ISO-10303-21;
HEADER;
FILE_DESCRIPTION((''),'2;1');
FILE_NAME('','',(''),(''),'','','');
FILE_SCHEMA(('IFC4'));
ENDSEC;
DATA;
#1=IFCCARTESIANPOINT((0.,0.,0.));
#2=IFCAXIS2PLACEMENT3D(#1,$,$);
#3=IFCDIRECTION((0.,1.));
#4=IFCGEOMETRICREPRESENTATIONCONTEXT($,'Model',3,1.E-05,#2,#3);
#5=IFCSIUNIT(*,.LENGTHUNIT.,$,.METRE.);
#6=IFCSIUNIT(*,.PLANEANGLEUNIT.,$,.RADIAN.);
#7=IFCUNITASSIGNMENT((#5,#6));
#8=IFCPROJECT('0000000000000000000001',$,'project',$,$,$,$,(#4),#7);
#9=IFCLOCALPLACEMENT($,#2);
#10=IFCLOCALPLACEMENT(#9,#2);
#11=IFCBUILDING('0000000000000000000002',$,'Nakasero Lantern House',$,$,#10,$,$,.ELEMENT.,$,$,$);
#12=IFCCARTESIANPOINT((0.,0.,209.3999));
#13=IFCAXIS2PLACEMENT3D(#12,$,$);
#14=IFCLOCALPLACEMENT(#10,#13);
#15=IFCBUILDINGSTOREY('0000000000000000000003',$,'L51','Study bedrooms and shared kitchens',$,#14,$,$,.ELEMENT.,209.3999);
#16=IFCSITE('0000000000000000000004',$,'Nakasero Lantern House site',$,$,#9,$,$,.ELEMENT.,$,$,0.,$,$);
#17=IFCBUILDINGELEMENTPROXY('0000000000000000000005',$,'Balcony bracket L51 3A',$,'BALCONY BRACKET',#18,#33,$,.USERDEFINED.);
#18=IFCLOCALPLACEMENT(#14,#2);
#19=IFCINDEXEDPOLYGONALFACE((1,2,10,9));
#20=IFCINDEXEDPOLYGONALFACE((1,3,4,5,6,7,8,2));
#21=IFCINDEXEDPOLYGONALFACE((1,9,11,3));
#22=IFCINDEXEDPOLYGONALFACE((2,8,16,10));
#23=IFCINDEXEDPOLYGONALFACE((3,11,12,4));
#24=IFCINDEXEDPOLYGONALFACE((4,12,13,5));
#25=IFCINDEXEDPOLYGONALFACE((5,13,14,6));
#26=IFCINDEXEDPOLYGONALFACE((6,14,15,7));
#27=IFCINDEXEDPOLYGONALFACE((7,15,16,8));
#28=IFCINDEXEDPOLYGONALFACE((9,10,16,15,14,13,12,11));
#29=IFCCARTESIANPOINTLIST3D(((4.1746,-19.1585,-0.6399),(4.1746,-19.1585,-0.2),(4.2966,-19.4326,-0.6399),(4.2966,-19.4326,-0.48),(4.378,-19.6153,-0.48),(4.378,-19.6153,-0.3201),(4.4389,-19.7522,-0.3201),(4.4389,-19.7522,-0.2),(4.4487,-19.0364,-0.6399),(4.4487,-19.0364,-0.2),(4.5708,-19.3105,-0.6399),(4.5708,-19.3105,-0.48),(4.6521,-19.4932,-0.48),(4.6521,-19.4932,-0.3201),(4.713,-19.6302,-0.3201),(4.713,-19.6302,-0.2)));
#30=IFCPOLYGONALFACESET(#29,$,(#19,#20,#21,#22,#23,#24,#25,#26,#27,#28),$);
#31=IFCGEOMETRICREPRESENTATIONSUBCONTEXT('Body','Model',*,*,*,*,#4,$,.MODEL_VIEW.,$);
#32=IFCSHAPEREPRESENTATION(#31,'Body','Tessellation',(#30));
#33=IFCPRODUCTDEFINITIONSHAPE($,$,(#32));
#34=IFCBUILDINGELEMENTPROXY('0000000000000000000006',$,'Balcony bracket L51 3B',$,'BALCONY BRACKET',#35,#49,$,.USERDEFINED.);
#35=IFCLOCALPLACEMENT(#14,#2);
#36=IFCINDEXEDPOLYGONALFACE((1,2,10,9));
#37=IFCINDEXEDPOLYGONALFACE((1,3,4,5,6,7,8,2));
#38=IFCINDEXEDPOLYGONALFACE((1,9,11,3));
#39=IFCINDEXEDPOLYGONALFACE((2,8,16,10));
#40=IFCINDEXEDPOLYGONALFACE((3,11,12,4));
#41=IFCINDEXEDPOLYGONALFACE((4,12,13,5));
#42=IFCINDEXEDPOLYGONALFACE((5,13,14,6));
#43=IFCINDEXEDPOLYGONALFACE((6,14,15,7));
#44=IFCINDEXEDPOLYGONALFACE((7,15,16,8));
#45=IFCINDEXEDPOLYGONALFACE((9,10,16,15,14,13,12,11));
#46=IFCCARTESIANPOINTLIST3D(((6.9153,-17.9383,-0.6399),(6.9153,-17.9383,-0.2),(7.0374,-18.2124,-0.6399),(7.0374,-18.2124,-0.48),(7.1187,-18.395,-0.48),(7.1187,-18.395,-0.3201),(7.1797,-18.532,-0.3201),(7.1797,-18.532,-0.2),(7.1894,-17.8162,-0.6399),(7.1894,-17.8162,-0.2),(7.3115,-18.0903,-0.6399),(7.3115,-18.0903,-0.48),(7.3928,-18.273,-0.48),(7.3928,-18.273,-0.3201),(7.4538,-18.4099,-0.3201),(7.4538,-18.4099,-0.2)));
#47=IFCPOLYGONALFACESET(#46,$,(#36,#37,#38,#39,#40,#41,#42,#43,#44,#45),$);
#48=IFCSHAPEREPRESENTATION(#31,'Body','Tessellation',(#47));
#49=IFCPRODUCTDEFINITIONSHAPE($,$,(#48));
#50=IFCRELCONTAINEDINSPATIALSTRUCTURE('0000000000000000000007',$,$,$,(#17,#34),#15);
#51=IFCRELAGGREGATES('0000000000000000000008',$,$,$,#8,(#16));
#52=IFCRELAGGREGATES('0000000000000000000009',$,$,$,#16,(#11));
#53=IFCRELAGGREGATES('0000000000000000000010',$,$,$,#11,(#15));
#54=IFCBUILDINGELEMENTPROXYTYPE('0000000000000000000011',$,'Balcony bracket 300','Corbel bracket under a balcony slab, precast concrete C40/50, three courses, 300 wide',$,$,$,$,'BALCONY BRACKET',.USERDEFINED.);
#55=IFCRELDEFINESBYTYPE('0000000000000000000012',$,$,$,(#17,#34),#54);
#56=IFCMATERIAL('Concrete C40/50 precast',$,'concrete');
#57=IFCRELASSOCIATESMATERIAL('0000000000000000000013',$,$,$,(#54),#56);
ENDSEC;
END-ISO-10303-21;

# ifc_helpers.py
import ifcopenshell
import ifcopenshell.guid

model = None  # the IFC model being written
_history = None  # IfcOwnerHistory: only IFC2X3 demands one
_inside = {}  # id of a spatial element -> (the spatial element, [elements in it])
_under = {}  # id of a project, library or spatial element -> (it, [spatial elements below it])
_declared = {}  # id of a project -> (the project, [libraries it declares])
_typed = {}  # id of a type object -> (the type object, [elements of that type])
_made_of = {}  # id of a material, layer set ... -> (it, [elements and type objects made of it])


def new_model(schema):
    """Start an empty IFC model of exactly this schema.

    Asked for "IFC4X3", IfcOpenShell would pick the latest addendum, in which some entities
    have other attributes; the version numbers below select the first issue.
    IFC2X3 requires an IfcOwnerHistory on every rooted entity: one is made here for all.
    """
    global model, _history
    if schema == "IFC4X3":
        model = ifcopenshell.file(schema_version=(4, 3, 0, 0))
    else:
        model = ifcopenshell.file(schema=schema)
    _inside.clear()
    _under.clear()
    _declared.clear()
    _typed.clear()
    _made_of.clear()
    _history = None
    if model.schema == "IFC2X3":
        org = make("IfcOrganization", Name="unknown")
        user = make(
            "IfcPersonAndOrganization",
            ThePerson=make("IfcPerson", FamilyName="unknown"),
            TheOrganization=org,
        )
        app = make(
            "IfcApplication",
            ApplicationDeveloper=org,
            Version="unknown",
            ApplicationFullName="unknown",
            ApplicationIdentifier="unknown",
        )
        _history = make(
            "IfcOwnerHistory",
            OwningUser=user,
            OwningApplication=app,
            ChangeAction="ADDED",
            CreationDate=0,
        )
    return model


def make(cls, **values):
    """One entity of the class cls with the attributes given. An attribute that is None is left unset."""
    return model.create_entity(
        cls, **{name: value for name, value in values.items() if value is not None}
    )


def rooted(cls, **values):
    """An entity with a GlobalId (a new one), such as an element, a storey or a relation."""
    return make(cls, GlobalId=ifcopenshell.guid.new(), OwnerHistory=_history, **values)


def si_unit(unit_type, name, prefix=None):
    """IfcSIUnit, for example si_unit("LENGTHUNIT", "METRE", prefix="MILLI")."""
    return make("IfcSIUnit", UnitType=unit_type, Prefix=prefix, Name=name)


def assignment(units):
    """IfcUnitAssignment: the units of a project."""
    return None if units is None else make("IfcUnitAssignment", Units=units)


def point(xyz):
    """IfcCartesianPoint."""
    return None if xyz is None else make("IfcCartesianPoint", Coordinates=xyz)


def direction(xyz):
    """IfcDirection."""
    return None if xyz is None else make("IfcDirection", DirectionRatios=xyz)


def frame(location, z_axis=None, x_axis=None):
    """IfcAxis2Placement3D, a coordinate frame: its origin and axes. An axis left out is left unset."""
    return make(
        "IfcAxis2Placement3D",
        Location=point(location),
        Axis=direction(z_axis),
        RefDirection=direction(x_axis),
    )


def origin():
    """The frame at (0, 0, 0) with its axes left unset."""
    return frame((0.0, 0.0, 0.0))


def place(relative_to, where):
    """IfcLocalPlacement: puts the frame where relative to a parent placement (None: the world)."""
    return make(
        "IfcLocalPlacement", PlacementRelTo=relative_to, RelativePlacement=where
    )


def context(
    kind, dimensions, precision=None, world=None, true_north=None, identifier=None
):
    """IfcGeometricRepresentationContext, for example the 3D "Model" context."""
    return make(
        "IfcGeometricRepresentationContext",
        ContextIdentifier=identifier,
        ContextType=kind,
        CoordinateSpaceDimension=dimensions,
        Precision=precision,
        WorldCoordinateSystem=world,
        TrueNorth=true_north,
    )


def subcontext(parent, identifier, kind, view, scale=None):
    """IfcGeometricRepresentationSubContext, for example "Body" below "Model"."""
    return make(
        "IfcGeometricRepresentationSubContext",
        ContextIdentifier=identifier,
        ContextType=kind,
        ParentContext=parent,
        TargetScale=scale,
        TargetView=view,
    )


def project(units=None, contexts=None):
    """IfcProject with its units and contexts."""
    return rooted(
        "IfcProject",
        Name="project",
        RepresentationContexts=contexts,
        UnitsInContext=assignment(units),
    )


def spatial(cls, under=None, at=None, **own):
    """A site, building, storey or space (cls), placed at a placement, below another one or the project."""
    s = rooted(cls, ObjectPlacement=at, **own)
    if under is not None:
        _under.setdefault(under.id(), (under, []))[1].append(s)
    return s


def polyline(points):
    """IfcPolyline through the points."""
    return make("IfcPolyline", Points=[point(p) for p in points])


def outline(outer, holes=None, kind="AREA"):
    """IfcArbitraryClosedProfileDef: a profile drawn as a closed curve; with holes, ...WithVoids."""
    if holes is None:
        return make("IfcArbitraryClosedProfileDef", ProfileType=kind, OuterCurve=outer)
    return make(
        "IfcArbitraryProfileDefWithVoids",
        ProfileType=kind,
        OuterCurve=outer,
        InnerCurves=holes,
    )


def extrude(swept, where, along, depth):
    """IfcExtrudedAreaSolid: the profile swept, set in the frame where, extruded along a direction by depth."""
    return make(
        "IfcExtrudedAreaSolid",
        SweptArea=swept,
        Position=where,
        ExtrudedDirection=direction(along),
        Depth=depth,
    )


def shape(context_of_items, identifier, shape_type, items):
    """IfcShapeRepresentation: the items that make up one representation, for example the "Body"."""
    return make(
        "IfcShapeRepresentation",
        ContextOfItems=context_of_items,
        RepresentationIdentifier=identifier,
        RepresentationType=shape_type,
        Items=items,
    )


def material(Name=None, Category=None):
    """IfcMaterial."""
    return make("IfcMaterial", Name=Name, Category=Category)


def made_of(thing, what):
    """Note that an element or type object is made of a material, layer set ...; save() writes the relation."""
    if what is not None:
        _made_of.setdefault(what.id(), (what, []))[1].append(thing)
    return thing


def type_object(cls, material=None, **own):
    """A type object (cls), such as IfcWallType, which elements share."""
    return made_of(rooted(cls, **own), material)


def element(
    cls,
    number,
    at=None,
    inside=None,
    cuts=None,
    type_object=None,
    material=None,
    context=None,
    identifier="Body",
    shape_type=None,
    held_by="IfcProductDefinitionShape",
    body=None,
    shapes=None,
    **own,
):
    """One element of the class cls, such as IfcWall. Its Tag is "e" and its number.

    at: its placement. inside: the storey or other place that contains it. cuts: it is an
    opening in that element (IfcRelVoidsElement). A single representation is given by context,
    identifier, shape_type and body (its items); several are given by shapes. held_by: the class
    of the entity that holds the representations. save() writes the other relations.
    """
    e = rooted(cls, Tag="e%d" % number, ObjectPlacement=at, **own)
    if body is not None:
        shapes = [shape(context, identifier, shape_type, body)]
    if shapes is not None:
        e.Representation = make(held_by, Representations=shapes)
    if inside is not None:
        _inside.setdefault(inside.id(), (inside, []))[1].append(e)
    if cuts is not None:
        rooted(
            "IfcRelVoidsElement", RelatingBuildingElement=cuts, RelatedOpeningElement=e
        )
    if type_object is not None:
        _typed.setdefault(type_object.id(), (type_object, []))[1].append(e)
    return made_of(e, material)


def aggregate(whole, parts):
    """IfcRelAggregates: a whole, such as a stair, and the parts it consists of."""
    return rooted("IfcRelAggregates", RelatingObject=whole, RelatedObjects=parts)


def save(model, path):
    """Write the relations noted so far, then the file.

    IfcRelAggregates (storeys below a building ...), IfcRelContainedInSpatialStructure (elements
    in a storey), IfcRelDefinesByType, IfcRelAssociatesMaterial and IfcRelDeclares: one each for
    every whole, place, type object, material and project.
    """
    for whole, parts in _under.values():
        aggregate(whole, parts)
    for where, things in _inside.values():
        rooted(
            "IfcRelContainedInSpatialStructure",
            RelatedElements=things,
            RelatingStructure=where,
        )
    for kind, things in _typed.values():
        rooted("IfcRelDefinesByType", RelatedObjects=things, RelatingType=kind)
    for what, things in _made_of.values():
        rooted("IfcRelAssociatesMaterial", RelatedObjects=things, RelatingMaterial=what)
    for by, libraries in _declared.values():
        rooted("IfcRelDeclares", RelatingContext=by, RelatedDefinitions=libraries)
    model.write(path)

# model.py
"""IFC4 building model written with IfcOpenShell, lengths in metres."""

from ifc_helpers import new_model, si_unit, direction, frame, origin, place, context, subcontext, project, spatial, polyline, outline, extrude, material, type_object, element, save


model = new_model("IFC4")

# Units and contexts
model_context = context("Model", 3, precision=1e-05, world=origin(), true_north=direction((0.0, 1.0)))
body_context = subcontext(model_context, "Body", "Model", "MODEL_VIEW")
ifc_project = project(units=[si_unit("LENGTHUNIT", "METRE"), si_unit("PLANEANGLEUNIT", "RADIAN")], contexts=[model_context])

# Site, building, storey
site_placement = place(None, origin())
site = spatial("IfcSite", under=ifc_project, at=site_placement, Name="Nakasero Lantern House site", CompositionType="ELEMENT", RefElevation=0.0)
building_placement = place(site_placement, origin())
building = spatial("IfcBuilding", under=site, at=building_placement, Name="Nakasero Lantern House", CompositionType="ELEMENT")
storey_placement = place(building_placement, frame((0.0, 0.0, 209.3999)))
storey = spatial("IfcBuildingStorey", under=building, at=storey_placement, Name="L51", Description="Study bedrooms and shared kitchens", CompositionType="ELEMENT", Elevation=209.3999)

# Building element proxies
ifc_material_1 = material(Name="Concrete C40/50 precast", Category="concrete")
building_element_proxy_type = type_object("IfcBuildingElementProxyType", Name="Balcony bracket 300", Description="Corbel bracket under a balcony slab, precast concrete C40/50, three courses, 300 wide", ElementType="BALCONY BRACKET", PredefinedType="USERDEFINED", material=ifc_material_1)
for number, where, z_axis, x_axis, name in (
    (1, (4.3118, -19.0974, -0.2), (0.0, 0.0, 1.0), (0.406737, -0.913545, 0.0), "Balcony bracket L51 3A"),
    (2, (7.0525, -17.8772, -0.2), (0.0, 0.0, 1.0), (0.406737, -0.913545, 0.0), "Balcony bracket L51 3B"),
):
    element("IfcBuildingElementProxy", number, at=place(storey_placement, frame(where, z_axis=z_axis, x_axis=x_axis)), inside=storey, type_object=building_element_proxy_type, Name=name, ObjectType="BALCONY BRACKET", PredefinedType="USERDEFINED", context=body_context, shape_type="SweptSolid", body=[
        extrude(outline(polyline([(0.0, 0.0), (0.6499, 0.0), (0.6499, -0.1201), (0.5, -0.1201), (0.5, -0.28), (0.3, -0.28), (0.3, -0.4399), (0.0, -0.4399), (0.0, 0.0)])), frame((0.0, 0.1499, 0.0), z_axis=(0.0, -1.0, 0.0), x_axis=(1.0, 0.0, 0.0)), (0.0, 0.0, 1.0), 0.3),
    ])

save(model, "model.ifc")
